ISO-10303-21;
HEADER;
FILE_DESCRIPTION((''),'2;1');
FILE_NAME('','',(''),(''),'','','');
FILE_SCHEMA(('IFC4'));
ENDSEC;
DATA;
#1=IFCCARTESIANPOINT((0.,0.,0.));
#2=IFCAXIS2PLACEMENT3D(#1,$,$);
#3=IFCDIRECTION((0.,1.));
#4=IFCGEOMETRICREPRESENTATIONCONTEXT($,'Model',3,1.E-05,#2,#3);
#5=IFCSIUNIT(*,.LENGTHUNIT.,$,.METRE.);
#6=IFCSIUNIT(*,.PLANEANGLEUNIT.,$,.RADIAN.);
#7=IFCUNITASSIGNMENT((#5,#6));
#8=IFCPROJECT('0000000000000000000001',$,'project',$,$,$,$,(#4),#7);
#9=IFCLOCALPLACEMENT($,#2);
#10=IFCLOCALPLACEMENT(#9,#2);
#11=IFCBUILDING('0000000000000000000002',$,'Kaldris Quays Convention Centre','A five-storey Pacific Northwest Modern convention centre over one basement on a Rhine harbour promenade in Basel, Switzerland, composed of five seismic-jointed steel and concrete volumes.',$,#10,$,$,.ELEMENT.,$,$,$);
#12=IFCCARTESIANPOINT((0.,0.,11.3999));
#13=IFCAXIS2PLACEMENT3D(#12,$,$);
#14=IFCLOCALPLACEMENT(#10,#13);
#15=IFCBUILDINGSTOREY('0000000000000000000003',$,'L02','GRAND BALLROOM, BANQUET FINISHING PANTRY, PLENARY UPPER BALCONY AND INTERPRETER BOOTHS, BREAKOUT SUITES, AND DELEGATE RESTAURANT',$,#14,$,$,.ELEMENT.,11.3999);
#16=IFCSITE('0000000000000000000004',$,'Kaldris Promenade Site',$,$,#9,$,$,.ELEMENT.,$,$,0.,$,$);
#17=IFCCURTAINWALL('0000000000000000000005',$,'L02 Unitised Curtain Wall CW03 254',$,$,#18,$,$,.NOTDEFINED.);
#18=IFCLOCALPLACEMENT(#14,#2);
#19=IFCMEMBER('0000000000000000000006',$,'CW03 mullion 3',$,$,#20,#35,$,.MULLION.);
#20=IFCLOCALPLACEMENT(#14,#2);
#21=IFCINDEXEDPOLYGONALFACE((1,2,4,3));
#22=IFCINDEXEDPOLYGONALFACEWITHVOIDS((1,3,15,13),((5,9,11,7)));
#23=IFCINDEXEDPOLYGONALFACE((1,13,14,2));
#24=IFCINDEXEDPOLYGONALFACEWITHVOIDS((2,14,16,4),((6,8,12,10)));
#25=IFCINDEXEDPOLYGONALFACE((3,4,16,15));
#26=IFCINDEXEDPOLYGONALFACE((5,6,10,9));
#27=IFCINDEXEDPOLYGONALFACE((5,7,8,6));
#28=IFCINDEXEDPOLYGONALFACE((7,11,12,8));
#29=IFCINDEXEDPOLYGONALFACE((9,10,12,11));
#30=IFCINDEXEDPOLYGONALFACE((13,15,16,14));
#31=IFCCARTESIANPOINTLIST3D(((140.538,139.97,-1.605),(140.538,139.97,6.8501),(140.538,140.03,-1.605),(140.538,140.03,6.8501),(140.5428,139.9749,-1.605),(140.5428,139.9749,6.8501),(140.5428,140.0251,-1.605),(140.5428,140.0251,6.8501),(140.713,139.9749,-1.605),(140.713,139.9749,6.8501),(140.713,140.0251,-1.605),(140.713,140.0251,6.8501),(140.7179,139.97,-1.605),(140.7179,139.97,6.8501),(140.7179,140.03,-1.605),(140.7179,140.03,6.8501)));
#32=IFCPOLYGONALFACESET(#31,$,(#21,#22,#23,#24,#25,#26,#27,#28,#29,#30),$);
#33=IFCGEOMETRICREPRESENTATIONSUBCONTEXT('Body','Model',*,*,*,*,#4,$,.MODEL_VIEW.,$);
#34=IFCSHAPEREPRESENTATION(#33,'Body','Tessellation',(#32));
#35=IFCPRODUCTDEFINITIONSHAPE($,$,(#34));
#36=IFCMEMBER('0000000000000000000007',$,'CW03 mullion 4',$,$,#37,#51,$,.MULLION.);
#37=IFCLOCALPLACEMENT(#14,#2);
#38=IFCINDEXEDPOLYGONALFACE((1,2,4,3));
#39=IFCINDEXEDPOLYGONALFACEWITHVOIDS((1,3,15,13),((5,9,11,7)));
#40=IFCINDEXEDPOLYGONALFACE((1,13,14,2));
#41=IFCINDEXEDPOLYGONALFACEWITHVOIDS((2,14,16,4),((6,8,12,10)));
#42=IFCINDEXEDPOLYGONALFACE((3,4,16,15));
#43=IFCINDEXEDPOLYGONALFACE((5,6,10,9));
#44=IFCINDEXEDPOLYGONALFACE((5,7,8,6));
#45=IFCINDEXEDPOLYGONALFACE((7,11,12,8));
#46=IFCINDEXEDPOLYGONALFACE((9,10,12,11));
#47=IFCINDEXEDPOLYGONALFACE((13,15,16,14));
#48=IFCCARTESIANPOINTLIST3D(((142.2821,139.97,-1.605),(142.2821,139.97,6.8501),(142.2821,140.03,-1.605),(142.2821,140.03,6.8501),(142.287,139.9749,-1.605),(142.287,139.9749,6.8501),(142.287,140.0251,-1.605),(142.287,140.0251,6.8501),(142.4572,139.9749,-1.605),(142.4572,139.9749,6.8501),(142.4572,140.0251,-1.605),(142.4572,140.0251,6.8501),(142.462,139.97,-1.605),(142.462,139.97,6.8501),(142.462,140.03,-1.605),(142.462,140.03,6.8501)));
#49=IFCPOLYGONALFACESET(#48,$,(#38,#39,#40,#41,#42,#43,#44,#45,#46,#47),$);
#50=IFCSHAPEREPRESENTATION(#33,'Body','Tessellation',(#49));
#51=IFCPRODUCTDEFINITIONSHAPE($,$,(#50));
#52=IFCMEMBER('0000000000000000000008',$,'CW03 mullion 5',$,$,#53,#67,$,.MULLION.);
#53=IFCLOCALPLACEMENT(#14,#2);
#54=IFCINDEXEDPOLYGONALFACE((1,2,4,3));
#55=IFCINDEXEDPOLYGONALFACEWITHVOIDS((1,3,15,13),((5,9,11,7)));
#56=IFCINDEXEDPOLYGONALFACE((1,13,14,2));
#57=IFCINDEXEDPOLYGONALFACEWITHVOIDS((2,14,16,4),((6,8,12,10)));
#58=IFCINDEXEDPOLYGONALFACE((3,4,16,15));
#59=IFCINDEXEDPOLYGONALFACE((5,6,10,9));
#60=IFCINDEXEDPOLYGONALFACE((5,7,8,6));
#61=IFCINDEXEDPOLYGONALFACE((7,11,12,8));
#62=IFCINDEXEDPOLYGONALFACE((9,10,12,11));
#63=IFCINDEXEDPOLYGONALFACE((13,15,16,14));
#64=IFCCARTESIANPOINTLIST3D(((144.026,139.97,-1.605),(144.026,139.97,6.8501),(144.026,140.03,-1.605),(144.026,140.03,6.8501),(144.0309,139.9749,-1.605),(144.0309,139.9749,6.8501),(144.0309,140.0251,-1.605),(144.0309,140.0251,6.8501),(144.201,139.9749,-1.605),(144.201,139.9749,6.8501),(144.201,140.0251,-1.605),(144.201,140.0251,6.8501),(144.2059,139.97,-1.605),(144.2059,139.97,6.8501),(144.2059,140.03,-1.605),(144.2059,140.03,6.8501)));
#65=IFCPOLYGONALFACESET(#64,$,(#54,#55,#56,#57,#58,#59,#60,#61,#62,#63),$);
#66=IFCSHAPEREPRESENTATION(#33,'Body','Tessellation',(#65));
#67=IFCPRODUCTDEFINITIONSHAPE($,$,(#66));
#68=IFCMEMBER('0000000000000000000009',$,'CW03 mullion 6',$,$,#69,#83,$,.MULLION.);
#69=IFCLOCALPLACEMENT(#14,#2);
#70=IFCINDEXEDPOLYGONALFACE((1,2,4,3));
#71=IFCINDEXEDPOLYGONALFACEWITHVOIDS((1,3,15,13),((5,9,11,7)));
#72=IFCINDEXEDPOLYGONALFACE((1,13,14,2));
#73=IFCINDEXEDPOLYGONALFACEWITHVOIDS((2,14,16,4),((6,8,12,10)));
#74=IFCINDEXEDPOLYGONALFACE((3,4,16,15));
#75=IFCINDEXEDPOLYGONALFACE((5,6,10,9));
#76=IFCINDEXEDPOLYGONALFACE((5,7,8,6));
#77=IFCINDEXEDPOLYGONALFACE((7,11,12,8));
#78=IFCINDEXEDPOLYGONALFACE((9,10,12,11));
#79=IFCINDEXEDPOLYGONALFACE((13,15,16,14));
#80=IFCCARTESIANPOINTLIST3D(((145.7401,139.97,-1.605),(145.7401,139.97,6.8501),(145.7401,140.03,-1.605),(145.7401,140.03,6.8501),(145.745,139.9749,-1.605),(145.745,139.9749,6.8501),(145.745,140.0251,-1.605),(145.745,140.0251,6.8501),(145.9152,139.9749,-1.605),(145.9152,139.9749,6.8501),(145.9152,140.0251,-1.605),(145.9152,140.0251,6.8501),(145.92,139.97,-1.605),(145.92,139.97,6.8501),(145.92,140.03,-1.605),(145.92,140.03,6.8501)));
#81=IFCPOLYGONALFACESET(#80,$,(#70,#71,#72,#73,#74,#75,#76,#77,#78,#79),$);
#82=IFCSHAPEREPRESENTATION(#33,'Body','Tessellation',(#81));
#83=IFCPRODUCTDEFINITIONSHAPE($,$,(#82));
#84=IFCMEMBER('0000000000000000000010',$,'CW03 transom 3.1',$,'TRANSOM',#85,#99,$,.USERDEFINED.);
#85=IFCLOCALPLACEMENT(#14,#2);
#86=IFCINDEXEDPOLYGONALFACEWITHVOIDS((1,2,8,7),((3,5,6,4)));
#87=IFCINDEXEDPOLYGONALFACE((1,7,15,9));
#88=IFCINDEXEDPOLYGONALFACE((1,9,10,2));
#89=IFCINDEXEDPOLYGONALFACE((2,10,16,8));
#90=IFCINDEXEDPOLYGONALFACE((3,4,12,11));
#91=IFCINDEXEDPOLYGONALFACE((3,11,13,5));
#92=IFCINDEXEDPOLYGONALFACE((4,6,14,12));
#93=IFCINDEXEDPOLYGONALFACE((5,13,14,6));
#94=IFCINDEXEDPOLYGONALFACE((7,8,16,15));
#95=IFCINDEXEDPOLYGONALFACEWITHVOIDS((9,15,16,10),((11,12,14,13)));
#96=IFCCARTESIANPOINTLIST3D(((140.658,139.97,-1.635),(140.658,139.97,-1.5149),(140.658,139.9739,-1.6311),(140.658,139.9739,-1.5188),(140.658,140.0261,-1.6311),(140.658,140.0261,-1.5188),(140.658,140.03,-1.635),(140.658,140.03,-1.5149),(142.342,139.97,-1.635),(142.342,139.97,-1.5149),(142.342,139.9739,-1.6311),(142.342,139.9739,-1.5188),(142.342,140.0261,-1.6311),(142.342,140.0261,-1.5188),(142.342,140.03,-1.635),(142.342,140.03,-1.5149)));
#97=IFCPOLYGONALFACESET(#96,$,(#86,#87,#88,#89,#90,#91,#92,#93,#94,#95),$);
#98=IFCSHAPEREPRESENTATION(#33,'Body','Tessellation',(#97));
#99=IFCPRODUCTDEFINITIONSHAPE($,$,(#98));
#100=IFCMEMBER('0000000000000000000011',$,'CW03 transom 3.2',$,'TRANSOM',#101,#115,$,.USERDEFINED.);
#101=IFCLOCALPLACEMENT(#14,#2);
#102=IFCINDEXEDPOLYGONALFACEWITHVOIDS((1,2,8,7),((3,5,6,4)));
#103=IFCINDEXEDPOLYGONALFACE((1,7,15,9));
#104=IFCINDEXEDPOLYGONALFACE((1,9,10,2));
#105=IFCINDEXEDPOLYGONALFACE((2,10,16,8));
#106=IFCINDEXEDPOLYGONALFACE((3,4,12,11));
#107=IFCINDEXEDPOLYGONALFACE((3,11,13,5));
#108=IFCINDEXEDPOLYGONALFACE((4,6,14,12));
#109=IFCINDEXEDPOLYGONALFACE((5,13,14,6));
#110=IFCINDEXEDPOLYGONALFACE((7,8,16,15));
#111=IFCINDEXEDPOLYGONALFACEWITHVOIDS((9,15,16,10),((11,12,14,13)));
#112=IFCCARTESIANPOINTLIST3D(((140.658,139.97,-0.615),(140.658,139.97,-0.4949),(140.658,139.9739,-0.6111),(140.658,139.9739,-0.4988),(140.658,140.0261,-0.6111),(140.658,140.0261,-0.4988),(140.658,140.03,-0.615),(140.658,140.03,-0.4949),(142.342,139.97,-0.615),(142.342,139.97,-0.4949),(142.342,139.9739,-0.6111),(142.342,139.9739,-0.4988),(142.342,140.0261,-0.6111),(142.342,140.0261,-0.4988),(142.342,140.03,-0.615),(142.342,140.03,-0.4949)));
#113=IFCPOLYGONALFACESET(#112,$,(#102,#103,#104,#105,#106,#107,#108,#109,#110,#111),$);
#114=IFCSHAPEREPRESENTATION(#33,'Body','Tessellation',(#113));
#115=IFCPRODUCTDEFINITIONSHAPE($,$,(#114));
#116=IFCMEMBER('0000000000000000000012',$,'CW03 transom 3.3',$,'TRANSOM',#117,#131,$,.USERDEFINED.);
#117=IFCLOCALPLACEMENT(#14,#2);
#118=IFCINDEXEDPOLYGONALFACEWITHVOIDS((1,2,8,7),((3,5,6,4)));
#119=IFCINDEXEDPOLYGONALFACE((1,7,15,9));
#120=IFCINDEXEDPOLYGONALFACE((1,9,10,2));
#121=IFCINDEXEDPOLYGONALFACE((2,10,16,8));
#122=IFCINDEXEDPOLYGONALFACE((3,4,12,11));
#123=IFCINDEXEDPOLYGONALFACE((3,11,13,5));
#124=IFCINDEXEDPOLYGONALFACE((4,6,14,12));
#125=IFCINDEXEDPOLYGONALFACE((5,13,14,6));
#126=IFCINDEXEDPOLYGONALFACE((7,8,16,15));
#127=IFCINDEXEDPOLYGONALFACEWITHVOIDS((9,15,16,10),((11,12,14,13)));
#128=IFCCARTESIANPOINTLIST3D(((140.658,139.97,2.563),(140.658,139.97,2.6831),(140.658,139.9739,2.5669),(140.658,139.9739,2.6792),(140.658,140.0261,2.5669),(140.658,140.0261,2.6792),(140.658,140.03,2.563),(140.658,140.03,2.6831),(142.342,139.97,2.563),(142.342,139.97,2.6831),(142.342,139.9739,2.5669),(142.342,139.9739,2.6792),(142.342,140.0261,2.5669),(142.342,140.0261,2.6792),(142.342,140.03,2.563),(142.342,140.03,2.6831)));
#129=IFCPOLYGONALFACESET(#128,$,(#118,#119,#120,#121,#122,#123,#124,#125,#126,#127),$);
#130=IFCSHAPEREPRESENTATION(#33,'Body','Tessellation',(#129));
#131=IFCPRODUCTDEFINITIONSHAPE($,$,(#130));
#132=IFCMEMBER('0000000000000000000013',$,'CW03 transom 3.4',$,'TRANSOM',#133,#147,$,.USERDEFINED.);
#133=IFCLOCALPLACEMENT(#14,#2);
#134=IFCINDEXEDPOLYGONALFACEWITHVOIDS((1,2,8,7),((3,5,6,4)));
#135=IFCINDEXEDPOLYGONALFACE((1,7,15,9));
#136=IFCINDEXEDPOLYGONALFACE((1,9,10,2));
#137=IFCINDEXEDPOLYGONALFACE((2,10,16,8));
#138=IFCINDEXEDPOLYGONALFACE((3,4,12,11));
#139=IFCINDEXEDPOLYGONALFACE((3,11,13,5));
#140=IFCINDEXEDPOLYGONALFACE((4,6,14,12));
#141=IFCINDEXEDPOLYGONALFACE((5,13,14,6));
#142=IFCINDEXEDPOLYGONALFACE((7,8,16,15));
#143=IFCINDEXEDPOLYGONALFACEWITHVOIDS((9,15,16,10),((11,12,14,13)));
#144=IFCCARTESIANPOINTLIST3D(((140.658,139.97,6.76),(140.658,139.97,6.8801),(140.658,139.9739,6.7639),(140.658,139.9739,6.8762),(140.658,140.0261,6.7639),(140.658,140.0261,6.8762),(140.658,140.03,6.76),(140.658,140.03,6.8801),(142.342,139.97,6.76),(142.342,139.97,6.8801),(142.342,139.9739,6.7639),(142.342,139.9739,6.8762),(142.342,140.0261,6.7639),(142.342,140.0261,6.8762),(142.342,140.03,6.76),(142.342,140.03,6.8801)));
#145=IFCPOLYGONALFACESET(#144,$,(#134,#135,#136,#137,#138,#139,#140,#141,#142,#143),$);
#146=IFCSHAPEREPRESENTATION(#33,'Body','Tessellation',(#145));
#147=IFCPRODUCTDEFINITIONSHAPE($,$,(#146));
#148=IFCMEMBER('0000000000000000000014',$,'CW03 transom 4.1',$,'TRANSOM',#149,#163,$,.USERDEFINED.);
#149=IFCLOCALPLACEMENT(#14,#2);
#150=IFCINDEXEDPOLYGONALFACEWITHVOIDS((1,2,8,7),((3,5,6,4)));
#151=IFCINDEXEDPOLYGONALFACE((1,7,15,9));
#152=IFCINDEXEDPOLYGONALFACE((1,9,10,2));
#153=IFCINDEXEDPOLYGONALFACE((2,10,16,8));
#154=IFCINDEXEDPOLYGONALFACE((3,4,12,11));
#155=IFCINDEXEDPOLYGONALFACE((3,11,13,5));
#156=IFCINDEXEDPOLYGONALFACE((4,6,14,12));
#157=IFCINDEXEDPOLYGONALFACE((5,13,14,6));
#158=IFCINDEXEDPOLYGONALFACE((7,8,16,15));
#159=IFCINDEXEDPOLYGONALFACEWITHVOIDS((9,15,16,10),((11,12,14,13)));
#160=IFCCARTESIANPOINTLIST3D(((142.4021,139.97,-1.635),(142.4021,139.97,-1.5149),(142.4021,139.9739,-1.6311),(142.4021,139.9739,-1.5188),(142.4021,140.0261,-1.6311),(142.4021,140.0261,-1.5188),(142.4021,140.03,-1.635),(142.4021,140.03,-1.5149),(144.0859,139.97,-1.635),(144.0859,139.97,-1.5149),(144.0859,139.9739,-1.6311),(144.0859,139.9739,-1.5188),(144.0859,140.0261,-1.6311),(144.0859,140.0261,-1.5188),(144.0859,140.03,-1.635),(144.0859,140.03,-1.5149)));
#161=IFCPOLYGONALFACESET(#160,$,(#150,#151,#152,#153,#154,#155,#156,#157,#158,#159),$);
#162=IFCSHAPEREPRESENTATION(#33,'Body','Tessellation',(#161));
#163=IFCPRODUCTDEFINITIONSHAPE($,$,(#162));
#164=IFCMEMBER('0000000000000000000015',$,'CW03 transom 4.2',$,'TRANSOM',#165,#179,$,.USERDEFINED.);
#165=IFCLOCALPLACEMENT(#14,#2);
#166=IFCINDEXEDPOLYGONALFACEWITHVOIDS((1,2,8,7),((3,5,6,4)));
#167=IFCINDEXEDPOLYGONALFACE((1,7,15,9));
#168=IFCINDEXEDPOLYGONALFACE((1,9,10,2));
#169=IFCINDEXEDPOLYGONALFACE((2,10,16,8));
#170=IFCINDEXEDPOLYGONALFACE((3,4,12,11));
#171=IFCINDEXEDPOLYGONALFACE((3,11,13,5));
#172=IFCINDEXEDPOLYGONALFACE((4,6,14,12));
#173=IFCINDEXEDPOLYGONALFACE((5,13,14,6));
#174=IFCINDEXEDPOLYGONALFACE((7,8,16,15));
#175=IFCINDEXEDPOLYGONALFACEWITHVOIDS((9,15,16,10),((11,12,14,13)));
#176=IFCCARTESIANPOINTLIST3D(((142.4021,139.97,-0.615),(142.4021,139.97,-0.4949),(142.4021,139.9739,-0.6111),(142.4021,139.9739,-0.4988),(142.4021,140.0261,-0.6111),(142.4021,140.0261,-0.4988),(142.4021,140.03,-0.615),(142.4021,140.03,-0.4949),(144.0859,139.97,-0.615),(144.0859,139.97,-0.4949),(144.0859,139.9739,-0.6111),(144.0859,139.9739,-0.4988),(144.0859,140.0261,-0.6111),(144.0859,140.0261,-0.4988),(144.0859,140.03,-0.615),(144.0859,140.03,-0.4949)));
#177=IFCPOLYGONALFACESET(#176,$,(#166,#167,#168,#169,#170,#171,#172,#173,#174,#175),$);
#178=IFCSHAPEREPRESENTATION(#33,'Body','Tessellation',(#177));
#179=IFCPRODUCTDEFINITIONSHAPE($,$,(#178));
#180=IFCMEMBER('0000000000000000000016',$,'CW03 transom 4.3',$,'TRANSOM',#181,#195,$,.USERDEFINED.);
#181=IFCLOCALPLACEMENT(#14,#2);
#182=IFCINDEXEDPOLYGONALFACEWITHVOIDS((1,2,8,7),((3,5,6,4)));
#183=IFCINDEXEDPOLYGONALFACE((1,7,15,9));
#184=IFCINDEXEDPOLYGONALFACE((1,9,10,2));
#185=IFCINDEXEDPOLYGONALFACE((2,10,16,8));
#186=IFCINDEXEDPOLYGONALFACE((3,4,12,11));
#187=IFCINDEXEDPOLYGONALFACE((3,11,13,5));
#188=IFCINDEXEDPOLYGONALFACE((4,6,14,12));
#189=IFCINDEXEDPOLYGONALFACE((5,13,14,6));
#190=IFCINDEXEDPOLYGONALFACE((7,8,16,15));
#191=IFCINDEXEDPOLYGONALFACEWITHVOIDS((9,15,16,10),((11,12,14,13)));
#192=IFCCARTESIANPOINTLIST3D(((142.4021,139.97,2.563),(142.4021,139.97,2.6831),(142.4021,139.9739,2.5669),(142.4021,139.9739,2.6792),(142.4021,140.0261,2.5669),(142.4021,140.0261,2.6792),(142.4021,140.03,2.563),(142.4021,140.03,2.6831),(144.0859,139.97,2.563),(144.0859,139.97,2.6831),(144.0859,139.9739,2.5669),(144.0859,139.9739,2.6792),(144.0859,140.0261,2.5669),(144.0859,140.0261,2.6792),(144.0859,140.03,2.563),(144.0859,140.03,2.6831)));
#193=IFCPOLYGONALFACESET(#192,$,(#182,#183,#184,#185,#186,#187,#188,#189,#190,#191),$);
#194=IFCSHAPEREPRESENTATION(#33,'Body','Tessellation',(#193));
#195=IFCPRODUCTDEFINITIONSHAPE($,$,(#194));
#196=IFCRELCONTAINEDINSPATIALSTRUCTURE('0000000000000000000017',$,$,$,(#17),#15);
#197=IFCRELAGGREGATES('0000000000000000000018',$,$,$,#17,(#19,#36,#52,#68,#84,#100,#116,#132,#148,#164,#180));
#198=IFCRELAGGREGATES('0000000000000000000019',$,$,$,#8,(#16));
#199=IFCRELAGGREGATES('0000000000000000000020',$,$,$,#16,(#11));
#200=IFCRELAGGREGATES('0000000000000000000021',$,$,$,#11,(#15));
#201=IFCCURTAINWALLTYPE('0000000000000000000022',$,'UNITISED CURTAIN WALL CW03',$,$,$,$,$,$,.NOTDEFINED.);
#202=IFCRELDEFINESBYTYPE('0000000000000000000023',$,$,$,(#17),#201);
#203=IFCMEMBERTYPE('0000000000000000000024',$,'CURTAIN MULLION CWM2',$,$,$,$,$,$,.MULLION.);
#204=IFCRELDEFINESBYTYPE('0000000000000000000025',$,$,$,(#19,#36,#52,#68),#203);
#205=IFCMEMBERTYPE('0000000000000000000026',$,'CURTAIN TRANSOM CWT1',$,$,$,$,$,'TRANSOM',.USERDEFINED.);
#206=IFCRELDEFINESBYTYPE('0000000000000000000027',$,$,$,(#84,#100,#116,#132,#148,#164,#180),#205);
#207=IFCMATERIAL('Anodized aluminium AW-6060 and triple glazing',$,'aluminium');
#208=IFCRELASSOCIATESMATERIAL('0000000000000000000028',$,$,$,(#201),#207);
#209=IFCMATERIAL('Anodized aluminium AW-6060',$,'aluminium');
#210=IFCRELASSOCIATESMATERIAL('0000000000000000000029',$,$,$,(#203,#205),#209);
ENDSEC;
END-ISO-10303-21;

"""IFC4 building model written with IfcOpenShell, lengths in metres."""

from ifc_helpers import new_model, si_unit, direction, frame, origin, origin_2d, place, context, subcontext, project, spatial, hollow_rectangle, extrude, material, material_profile, profile_set, type_object, element, aggregate, save


model = new_model("IFC4")

# Units and contexts
model_context = context("Model", 3, precision=1e-05, world=origin(), true_north=direction((0.0, 1.0)))
body_context = subcontext(model_context, "Body", "Model", "MODEL_VIEW")
ifc_project = project(units=[si_unit("LENGTHUNIT", "METRE"), si_unit("PLANEANGLEUNIT", "RADIAN")], contexts=[model_context])

# Site, building, storey
site_placement = place(None, origin())
site = spatial("IfcSite", under=ifc_project, at=site_placement, Name="Kaldris Promenade Site", CompositionType="ELEMENT", RefElevation=0.0)
building_placement = place(site_placement, origin())
building = spatial("IfcBuilding", under=site, at=building_placement, Name="Kaldris Quays Convention Centre", Description="A five-storey Pacific Northwest Modern convention centre over one basement on a Rhine harbour promenade in Basel, Switzerland, composed of five seismic-jointed steel and concrete volumes.", CompositionType="ELEMENT")
storey_placement = place(building_placement, frame((0.0, 0.0, 11.3999)))
storey = spatial("IfcBuildingStorey", under=building, at=storey_placement, Name="L02", Description="GRAND BALLROOM, BANQUET FINISHING PANTRY, PLENARY UPPER BALCONY AND INTERPRETER BOOTHS, BREAKOUT SUITES, AND DELEGATE RESTAURANT", CompositionType="ELEMENT", Elevation=11.3999)

# Curtain wall, members
ifc_material_1 = material(Name="Anodized aluminium AW-6060 and triple glazing", Category="aluminium")
curtain_wall_type = type_object("IfcCurtainWallType", Name="UNITISED CURTAIN WALL CW03", PredefinedType="NOTDEFINED", material=ifc_material_1)
curtain_wall_placement = place(storey_placement, origin())
curtain_wall = element("IfcCurtainWall", 1, at=curtain_wall_placement, inside=storey, type_object=curtain_wall_type, Name="L02 Unitised Curtain Wall CW03 254", PredefinedType="NOTDEFINED")
ifc_material_2 = material(Name="Anodized aluminium AW-6060", Category="aluminium")
ifc_material_profile_1 = material_profile(ifc_material_2, hollow_rectangle(XDim=0.0601, YDim=0.1799, WallThickness=0.0049, at=origin_2d()), Name="RHS 180x60x5")
ifc_profile_set_1 = profile_set([ifc_material_profile_1], Name="Anodized aluminium AW-6060")
member_type_1 = type_object("IfcMemberType", Name="CURTAIN MULLION CWM2", PredefinedType="MULLION", material=ifc_profile_set_1)
member_1_placement = place(storey_placement, frame((140.6279, 140.0, -1.605), z_axis=(0.0, 0.0, 1.0), x_axis=(0.0, 1.0, 0.0)))
member_1 = element("IfcMember", 2, at=member_1_placement, type_object=member_type_1, Name="CW03 mullion 3", PredefinedType="MULLION", context=body_context, shape_type="SweptSolid", body=[
    extrude(hollow_rectangle(XDim=0.0601, YDim=0.1799, WallThickness=0.0049, at=origin_2d()), origin(), (0.0, 0.0, 1.0), 8.4551),
])
member_2_placement = place(storey_placement, frame((142.3721, 140.0, -1.605), z_axis=(0.0, 0.0, 1.0), x_axis=(0.0, 1.0, 0.0)))
member_2 = element("IfcMember", 3, at=member_2_placement, type_object=member_type_1, Name="CW03 mullion 4", PredefinedType="MULLION", context=body_context, shape_type="SweptSolid", body=[
    extrude(hollow_rectangle(XDim=0.0601, YDim=0.1799, WallThickness=0.0049, at=origin_2d()), origin(), (0.0, 0.0, 1.0), 8.4551),
])
member_3_placement = place(storey_placement, frame((144.116, 140.0, -1.605), z_axis=(0.0, 0.0, 1.0), x_axis=(0.0, 1.0, 0.0)))
member_3 = element("IfcMember", 4, at=member_3_placement, type_object=member_type_1, Name="CW03 mullion 5", PredefinedType="MULLION", context=body_context, shape_type="SweptSolid", body=[
    extrude(hollow_rectangle(XDim=0.0601, YDim=0.1799, WallThickness=0.0049, at=origin_2d()), origin(), (0.0, 0.0, 1.0), 8.4551),
])
member_4_placement = place(storey_placement, frame((145.8301, 140.0, -1.605), z_axis=(0.0, 0.0, 1.0), x_axis=(0.0, 1.0, 0.0)))
member_4 = element("IfcMember", 5, at=member_4_placement, type_object=member_type_1, Name="CW03 mullion 6", PredefinedType="MULLION", context=body_context, shape_type="SweptSolid", body=[
    extrude(hollow_rectangle(XDim=0.0601, YDim=0.1799, WallThickness=0.0049, at=origin_2d()), origin(), (0.0, 0.0, 1.0), 8.4551),
])
ifc_material_profile_2 = material_profile(ifc_material_2, hollow_rectangle(XDim=0.0601, YDim=0.1201, WallThickness=0.0039, at=origin_2d()), Name="RHS 120x60x4")
ifc_profile_set_2 = profile_set([ifc_material_profile_2], Name="Anodized aluminium AW-6060")
member_type_2 = type_object("IfcMemberType", Name="CURTAIN TRANSOM CWT1", ElementType="TRANSOM", PredefinedType="USERDEFINED", material=ifc_profile_set_2)
member_5_placement = place(storey_placement, frame((140.658, 140.0, -1.575), z_axis=(1.0, 0.0, 0.0), x_axis=(0.0, 1.0, 0.0)))
member_5 = element("IfcMember", 6, at=member_5_placement, type_object=member_type_2, Name="CW03 transom 3.1", ObjectType="TRANSOM", PredefinedType="USERDEFINED", context=body_context, shape_type="SweptSolid", body=[
    extrude(hollow_rectangle(XDim=0.0601, YDim=0.1201, WallThickness=0.0039, at=origin_2d()), origin(), (0.0, 0.0, 1.0), 1.6841),
])
member_6_placement = place(storey_placement, frame((140.658, 140.0, -0.5549), z_axis=(1.0, 0.0, 0.0), x_axis=(0.0, 1.0, 0.0)))
member_6 = element("IfcMember", 7, at=member_6_placement, type_object=member_type_2, Name="CW03 transom 3.2", ObjectType="TRANSOM", PredefinedType="USERDEFINED", context=body_context, shape_type="SweptSolid", body=[
    extrude(hollow_rectangle(XDim=0.0601, YDim=0.1201, WallThickness=0.0039, at=origin_2d()), origin(), (0.0, 0.0, 1.0), 1.6841),
])
member_7_placement = place(storey_placement, frame((140.658, 140.0, 2.623), z_axis=(1.0, 0.0, 0.0), x_axis=(0.0, 1.0, 0.0)))
member_7 = element("IfcMember", 8, at=member_7_placement, type_object=member_type_2, Name="CW03 transom 3.3", ObjectType="TRANSOM", PredefinedType="USERDEFINED", context=body_context, shape_type="SweptSolid", body=[
    extrude(hollow_rectangle(XDim=0.0601, YDim=0.1201, WallThickness=0.0039, at=origin_2d()), origin(), (0.0, 0.0, 1.0), 1.6841),
])
member_8_placement = place(storey_placement, frame((140.658, 140.0, 6.8201), z_axis=(1.0, 0.0, 0.0), x_axis=(0.0, 1.0, 0.0)))
member_8 = element("IfcMember", 9, at=member_8_placement, type_object=member_type_2, Name="CW03 transom 3.4", ObjectType="TRANSOM", PredefinedType="USERDEFINED", context=body_context, shape_type="SweptSolid", body=[
    extrude(hollow_rectangle(XDim=0.0601, YDim=0.1201, WallThickness=0.0039, at=origin_2d()), origin(), (0.0, 0.0, 1.0), 1.6841),
])
member_9_placement = place(storey_placement, frame((142.4021, 140.0, -1.575), z_axis=(1.0, 0.0, 0.0), x_axis=(0.0, 1.0, 0.0)))
member_9 = element("IfcMember", 10, at=member_9_placement, type_object=member_type_2, Name="CW03 transom 4.1", ObjectType="TRANSOM", PredefinedType="USERDEFINED", context=body_context, shape_type="SweptSolid", body=[
    extrude(hollow_rectangle(XDim=0.0601, YDim=0.1201, WallThickness=0.0039, at=origin_2d()), origin(), (0.0, 0.0, 1.0), 1.6838),
])
member_10_placement = place(storey_placement, frame((142.4021, 140.0, -0.5549), z_axis=(1.0, 0.0, 0.0), x_axis=(0.0, 1.0, 0.0)))
member_10 = element("IfcMember", 11, at=member_10_placement, type_object=member_type_2, Name="CW03 transom 4.2", ObjectType="TRANSOM", PredefinedType="USERDEFINED", context=body_context, shape_type="SweptSolid", body=[
    extrude(hollow_rectangle(XDim=0.0601, YDim=0.1201, WallThickness=0.0039, at=origin_2d()), origin(), (0.0, 0.0, 1.0), 1.6838),
])
member_11_placement = place(storey_placement, frame((142.4021, 140.0, 2.623), z_axis=(1.0, 0.0, 0.0), x_axis=(0.0, 1.0, 0.0)))
member_11 = element("IfcMember", 12, at=member_11_placement, type_object=member_type_2, Name="CW03 transom 4.3", ObjectType="TRANSOM", PredefinedType="USERDEFINED", context=body_context, shape_type="SweptSolid", body=[
    extrude(hollow_rectangle(XDim=0.0601, YDim=0.1201, WallThickness=0.0039, at=origin_2d()), origin(), (0.0, 0.0, 1.0), 1.6838),
])

aggregate(curtain_wall, [member_1, member_2, member_3, member_4, member_5, member_6, member_7, member_8, member_9, member_10, member_11])

save(model, "model.ifc")
